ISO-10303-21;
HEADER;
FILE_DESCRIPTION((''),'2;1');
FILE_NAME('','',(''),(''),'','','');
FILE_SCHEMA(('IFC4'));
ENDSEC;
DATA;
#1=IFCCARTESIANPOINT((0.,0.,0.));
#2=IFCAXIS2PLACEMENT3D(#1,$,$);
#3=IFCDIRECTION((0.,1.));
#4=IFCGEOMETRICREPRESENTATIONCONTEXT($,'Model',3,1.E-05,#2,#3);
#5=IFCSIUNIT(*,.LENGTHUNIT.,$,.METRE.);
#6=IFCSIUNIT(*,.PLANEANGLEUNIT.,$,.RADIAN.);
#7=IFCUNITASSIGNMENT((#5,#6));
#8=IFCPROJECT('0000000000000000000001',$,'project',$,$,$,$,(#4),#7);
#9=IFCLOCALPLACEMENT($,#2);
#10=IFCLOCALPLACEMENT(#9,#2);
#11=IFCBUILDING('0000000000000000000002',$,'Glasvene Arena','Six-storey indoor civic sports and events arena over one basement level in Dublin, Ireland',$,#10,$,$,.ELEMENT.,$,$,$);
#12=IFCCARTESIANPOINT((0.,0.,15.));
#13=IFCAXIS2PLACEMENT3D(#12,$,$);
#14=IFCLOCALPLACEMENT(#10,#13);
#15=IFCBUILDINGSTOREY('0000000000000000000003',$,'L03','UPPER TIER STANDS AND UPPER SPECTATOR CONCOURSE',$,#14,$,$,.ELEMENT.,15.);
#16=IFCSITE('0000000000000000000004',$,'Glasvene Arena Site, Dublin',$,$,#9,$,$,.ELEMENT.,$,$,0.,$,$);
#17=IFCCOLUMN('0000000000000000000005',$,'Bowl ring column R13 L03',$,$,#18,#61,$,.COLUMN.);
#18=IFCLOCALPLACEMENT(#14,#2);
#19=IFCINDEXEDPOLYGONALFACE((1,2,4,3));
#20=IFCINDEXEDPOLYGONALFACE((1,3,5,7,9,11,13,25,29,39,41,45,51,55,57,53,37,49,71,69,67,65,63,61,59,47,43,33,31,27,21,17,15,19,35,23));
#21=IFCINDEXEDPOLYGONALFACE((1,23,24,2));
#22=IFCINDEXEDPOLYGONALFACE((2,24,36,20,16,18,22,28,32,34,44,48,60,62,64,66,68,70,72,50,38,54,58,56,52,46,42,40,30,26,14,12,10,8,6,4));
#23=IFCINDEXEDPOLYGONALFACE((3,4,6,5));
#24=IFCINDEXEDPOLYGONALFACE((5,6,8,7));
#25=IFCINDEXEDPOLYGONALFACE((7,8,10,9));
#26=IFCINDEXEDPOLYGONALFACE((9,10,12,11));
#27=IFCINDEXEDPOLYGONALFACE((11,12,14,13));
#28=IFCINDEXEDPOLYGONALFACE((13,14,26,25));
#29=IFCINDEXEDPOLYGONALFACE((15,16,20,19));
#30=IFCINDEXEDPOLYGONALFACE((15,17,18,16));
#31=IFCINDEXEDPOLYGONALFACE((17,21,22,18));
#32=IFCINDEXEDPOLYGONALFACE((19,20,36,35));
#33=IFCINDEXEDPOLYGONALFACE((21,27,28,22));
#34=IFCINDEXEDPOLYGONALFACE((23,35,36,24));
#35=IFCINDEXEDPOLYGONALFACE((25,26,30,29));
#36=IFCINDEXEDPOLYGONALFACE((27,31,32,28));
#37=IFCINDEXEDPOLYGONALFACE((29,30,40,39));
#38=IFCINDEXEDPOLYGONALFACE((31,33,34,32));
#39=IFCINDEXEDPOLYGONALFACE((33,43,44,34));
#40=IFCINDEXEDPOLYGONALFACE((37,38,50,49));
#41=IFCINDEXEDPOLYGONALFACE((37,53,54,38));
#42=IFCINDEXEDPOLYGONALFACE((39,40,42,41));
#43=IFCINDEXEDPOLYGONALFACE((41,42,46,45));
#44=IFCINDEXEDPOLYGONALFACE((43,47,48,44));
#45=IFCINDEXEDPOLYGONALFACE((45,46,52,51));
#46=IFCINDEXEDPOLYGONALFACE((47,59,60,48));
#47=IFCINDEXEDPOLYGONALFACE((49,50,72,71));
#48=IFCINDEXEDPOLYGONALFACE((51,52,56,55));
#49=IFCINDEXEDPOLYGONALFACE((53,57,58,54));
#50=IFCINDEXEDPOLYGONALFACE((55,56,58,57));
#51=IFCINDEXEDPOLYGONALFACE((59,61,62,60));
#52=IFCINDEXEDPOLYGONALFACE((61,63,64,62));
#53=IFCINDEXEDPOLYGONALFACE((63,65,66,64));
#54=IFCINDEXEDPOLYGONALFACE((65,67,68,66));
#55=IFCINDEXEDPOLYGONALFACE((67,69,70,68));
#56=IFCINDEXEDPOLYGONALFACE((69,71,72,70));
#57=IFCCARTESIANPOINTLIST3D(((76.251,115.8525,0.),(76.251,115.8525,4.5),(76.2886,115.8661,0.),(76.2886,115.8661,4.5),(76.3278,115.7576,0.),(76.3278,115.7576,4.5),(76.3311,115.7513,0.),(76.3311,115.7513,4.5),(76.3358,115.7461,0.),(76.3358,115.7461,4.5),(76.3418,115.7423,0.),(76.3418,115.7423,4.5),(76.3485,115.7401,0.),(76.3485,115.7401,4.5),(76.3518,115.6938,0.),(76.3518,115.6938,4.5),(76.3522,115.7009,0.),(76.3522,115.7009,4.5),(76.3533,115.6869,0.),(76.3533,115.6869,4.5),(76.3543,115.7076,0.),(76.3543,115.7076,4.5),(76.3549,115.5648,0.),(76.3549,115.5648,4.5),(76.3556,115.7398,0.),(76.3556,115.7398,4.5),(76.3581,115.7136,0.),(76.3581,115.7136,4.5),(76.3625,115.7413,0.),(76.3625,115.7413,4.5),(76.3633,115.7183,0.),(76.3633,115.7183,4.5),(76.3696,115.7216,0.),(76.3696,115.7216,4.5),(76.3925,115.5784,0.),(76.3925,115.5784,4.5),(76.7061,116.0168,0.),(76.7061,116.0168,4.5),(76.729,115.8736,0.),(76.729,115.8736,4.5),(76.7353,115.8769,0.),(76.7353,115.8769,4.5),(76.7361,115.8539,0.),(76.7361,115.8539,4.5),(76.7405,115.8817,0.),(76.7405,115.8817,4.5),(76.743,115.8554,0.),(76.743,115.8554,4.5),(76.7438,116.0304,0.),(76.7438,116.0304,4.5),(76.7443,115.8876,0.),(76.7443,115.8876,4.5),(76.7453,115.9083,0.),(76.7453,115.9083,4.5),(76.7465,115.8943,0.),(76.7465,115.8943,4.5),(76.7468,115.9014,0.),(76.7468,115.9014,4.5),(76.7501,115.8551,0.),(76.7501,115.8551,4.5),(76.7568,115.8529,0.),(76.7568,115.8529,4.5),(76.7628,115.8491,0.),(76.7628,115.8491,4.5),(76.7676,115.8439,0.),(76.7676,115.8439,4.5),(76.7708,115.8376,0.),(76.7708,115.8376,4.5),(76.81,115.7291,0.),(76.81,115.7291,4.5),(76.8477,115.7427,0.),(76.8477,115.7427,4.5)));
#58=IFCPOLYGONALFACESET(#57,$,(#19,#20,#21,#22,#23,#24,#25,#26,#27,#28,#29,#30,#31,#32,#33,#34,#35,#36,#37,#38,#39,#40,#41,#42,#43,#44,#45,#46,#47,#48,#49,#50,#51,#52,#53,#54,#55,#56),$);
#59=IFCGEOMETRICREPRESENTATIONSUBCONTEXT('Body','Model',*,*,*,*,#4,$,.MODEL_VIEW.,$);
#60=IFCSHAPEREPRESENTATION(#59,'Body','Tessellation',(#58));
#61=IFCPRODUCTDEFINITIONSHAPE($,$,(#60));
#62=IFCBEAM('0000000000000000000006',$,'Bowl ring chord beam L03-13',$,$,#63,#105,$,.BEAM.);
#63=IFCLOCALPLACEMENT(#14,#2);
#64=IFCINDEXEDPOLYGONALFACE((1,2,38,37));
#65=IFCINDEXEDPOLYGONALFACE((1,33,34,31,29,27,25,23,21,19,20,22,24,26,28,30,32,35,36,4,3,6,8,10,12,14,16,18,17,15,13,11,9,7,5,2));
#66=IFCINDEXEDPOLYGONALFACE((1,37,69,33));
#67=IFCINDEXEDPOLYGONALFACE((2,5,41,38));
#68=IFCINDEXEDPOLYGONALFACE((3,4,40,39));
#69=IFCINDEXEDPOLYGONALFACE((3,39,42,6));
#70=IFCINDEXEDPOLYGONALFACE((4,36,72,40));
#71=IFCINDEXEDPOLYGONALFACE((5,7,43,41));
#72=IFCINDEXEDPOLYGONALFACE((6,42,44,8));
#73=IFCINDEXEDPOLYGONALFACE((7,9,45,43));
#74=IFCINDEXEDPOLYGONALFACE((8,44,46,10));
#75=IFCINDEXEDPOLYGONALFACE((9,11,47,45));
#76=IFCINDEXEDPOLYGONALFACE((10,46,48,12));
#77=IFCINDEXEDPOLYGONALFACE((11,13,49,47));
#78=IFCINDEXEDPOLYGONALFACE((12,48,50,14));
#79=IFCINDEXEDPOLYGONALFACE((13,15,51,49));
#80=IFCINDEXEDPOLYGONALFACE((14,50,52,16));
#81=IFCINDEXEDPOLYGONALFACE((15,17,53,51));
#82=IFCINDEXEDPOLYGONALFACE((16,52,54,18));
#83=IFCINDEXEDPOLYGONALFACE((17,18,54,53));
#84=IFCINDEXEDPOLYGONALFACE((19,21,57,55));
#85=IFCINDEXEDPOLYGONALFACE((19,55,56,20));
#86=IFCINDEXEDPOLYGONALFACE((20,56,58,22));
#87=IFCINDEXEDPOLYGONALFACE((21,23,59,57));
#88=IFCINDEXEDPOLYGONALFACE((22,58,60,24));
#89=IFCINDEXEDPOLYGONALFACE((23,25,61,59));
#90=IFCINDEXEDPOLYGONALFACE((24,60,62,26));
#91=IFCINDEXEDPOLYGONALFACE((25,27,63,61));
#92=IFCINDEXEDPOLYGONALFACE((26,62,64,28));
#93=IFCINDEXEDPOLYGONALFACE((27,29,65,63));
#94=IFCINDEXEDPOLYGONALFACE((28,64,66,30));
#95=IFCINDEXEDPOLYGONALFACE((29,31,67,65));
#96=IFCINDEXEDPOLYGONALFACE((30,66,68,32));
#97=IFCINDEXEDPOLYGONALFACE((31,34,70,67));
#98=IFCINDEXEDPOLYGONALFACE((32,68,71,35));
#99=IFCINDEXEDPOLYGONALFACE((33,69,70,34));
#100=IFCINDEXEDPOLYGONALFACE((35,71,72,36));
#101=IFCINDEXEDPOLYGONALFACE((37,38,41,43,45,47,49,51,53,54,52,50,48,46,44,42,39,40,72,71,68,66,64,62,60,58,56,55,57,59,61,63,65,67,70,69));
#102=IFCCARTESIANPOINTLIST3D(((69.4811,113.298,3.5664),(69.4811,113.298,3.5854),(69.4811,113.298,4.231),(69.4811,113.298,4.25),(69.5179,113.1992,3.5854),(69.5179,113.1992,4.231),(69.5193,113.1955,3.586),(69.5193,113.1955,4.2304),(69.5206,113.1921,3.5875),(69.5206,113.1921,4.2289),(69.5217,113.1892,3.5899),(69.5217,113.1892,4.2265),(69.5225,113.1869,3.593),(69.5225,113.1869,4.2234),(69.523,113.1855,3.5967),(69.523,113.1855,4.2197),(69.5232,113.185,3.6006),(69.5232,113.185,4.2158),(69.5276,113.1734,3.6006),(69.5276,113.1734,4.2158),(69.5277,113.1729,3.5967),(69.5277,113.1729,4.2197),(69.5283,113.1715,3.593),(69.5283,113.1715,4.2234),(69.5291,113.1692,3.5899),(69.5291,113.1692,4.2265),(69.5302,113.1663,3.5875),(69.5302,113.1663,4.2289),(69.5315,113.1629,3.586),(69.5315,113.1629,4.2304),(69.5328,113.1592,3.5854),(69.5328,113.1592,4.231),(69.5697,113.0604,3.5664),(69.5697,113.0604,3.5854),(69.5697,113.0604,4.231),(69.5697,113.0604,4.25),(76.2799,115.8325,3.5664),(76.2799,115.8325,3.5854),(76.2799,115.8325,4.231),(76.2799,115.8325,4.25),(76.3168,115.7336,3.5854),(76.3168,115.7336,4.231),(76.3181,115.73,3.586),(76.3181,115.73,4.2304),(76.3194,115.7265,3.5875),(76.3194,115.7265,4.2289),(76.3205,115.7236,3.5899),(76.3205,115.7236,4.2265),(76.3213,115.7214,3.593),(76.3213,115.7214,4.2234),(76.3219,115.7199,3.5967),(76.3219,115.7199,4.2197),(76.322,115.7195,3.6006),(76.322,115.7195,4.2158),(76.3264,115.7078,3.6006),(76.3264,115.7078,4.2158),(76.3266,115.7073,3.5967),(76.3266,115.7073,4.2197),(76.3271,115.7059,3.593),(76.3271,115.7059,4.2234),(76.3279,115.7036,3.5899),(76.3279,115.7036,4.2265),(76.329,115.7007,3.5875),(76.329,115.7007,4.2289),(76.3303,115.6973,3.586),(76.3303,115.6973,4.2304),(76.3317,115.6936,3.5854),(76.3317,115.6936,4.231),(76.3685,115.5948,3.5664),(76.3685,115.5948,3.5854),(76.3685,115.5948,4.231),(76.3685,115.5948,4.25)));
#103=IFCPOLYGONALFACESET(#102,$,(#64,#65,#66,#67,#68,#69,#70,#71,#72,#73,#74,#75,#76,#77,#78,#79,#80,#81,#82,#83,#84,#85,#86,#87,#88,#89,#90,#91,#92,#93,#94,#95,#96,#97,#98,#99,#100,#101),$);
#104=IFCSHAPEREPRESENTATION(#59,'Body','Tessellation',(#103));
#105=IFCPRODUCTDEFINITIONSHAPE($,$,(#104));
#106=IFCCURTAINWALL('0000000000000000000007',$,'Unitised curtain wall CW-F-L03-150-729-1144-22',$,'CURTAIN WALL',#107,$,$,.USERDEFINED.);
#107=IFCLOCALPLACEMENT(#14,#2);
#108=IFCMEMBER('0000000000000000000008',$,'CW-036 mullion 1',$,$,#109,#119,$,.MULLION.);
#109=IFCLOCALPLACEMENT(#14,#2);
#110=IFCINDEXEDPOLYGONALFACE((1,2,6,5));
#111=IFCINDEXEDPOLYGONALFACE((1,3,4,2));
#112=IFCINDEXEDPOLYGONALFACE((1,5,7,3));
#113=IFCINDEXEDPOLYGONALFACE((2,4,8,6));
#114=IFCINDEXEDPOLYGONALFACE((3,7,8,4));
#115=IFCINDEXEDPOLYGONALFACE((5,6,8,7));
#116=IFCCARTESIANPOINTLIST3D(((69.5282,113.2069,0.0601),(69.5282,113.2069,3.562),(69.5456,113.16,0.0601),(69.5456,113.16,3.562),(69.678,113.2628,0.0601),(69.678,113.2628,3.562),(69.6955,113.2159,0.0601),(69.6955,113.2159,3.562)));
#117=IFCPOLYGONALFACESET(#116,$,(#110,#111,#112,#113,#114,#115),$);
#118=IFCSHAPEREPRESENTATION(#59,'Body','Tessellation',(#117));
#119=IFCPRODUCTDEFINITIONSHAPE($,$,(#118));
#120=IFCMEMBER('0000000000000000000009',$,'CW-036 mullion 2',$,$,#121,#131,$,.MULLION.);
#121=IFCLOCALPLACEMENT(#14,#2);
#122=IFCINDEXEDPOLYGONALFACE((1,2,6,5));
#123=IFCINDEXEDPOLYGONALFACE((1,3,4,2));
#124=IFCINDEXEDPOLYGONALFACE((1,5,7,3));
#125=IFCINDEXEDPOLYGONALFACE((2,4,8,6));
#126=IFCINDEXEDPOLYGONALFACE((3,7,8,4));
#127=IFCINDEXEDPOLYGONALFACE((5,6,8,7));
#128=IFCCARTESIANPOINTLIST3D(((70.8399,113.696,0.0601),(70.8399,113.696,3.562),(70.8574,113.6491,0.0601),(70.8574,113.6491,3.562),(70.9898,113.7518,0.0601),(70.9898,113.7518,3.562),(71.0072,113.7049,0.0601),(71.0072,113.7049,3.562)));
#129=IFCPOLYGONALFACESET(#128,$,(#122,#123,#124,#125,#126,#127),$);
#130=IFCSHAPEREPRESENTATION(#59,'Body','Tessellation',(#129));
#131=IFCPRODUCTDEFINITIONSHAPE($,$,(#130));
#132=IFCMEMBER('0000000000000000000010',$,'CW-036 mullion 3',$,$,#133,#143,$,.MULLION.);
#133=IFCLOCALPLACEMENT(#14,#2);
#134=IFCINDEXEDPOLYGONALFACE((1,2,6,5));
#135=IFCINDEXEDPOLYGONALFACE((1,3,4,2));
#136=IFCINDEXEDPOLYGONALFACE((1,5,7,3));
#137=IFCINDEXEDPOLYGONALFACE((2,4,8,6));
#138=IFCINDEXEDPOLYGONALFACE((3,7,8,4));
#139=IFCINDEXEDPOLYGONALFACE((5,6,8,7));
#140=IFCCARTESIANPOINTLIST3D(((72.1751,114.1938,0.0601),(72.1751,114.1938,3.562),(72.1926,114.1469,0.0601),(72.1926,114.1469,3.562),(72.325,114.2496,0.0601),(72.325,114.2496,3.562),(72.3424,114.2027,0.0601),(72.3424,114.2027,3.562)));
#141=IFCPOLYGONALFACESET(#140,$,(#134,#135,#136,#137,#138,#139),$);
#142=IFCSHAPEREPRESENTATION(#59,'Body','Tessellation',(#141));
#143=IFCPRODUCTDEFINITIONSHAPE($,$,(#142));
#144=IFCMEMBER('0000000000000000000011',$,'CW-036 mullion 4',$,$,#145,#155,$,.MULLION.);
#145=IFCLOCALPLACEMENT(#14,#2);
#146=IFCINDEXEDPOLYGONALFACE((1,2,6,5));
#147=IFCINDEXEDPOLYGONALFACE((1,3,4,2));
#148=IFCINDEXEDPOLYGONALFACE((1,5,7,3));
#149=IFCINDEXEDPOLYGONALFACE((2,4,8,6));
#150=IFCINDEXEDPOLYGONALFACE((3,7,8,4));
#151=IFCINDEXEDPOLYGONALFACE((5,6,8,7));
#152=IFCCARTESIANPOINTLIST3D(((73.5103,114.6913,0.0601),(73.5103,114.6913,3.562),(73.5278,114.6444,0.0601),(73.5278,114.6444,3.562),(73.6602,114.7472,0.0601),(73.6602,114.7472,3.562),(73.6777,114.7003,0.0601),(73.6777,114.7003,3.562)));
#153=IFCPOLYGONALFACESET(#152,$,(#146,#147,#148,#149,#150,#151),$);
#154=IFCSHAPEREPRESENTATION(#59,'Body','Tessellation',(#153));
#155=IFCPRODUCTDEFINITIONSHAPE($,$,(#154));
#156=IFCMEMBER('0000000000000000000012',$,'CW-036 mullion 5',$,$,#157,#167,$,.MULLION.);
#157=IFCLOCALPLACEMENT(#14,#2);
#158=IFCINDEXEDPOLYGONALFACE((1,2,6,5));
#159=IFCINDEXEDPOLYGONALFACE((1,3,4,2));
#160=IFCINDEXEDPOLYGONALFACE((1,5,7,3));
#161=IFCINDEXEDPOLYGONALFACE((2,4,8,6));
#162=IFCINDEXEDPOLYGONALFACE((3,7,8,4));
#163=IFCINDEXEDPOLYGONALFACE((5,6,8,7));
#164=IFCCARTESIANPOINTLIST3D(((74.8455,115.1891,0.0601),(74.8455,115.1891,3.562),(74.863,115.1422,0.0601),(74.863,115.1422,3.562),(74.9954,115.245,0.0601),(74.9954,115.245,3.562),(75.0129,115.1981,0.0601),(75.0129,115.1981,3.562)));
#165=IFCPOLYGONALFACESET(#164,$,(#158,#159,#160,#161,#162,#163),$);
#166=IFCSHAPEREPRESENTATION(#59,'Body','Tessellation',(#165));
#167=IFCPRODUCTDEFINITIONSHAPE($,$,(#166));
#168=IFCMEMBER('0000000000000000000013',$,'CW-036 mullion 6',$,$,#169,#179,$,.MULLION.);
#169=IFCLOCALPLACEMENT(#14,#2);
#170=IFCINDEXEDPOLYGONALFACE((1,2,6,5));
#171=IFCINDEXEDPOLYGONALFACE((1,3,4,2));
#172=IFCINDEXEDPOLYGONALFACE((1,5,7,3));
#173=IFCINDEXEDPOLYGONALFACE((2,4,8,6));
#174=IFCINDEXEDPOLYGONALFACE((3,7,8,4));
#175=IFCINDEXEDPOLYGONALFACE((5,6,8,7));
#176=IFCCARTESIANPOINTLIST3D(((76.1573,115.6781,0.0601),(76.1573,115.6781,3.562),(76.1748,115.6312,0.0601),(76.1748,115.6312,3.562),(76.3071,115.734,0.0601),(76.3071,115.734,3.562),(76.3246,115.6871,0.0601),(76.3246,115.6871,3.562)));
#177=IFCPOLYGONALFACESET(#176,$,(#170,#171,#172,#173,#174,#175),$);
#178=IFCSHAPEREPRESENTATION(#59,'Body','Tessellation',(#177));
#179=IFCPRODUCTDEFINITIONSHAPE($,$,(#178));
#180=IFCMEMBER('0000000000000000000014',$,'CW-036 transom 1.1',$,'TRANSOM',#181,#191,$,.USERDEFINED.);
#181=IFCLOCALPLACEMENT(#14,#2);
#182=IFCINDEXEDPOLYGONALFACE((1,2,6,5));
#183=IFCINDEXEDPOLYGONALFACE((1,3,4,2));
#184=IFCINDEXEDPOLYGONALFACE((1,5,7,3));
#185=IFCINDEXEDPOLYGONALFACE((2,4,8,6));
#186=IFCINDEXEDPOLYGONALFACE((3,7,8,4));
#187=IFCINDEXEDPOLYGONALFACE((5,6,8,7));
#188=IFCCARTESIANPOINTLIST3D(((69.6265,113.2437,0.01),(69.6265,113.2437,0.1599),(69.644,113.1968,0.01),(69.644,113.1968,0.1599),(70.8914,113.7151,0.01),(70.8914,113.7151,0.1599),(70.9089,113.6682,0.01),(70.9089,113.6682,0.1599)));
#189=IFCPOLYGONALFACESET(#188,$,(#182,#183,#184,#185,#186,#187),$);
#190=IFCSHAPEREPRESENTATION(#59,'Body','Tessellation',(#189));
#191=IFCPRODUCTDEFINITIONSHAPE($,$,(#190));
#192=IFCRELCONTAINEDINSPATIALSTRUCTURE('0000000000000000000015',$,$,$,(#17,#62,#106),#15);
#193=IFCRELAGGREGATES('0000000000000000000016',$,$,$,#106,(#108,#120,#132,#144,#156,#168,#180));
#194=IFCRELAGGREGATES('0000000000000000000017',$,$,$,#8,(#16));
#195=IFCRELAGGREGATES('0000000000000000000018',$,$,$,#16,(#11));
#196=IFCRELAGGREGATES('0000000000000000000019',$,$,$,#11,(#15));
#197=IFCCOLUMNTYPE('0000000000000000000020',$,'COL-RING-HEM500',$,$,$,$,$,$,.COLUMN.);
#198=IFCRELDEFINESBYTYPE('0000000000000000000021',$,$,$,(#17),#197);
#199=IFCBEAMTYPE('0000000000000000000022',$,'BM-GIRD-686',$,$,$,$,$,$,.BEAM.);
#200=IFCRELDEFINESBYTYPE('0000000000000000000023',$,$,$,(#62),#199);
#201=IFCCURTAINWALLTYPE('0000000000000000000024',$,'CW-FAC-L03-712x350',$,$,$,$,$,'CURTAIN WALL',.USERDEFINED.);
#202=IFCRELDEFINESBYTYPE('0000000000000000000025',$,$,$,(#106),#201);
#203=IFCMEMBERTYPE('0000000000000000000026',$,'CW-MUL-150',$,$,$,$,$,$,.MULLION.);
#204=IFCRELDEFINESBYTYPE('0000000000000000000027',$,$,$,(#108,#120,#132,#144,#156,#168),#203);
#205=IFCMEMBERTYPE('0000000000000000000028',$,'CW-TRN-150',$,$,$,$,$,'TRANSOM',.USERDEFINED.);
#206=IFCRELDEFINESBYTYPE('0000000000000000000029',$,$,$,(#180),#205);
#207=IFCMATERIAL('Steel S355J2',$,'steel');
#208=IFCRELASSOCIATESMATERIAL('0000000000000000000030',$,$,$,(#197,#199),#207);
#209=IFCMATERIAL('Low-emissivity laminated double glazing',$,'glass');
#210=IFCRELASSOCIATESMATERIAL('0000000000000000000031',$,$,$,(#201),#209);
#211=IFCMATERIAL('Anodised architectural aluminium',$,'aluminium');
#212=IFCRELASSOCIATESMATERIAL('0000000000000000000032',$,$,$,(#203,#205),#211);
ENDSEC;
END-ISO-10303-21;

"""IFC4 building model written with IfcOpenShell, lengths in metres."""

from ifc_helpers import new_model, si_unit, direction, frame, origin, origin_2d, place, context, subcontext, project, spatial, rectangle, i_section, extrude, material, material_profile, profile_set, type_object, element, aggregate, save


model = new_model("IFC4")

# Units and contexts
model_context = context("Model", 3, precision=1e-05, world=origin(), true_north=direction((0.0, 1.0)))
body_context = subcontext(model_context, "Body", "Model", "MODEL_VIEW")
ifc_project = project(units=[si_unit("LENGTHUNIT", "METRE"), si_unit("PLANEANGLEUNIT", "RADIAN")], contexts=[model_context])

# Site, building, storey
site_placement = place(None, origin())
site = spatial("IfcSite", under=ifc_project, at=site_placement, Name="Glasvene Arena Site, Dublin", CompositionType="ELEMENT", RefElevation=0.0)
building_placement = place(site_placement, origin())
building = spatial("IfcBuilding", under=site, at=building_placement, Name="Glasvene Arena", Description="Six-storey indoor civic sports and events arena over one basement level in Dublin, Ireland", CompositionType="ELEMENT")
storey_placement = place(building_placement, frame((0.0, 0.0, 15.0)))
storey = spatial("IfcBuildingStorey", under=building, at=storey_placement, Name="L03", Description="UPPER TIER STANDS AND UPPER SPECTATOR CONCOURSE", CompositionType="ELEMENT", Elevation=15.0)

# Column
ifc_material_1 = material(Name="Steel S355J2", Category="steel")
ifc_material_profile_1 = material_profile(ifc_material_1, i_section(OverallWidth=0.3059, OverallDepth=0.5239, WebThickness=0.021, FlangeThickness=0.04, FilletRadius=0.0271, at=origin_2d()), Name="HEM 500")
ifc_profile_set_1 = profile_set([ifc_material_profile_1], Name="Steel S355J2")
column_type = type_object("IfcColumnType", Name="COL-RING-HEM500", PredefinedType="COLUMN", material=ifc_profile_set_1)
column_placement = place(storey_placement, frame((76.5493, 115.7976, 0.0), z_axis=(0.0, 0.0, 1.0), x_axis=(-0.339559, 0.940585, 0.0)))
element("IfcColumn", 1, at=column_placement, inside=storey, type_object=column_type, Name="Bowl ring column R13 L03", PredefinedType="COLUMN", context=body_context, shape_type="SweptSolid", body=[
    extrude(i_section(OverallWidth=0.3059, OverallDepth=0.5239, WebThickness=0.021, FlangeThickness=0.04, FilletRadius=0.0271, at=origin_2d()), origin(), (0.0, 0.0, 1.0), 4.5),
])

# Beam
ifc_material_profile_2 = material_profile(ifc_material_1, i_section(OverallWidth=0.2537, OverallDepth=0.6836, WebThickness=0.0125, FlangeThickness=0.019, FilletRadius=0.0151, at=origin_2d()), Name="UKB 686x254x140")
ifc_profile_set_2 = profile_set([ifc_material_profile_2], Name="Steel S355J2")
beam_type = type_object("IfcBeamType", Name="BM-GIRD-686", PredefinedType="BEAM", material=ifc_profile_set_2)
beam_placement = place(storey_placement, frame((76.3242, 115.7136, 3.9082), z_axis=(-0.937013, -0.349294, 0.0), x_axis=(0.349294, -0.937013, 0.0)))
element("IfcBeam", 2, at=beam_placement, inside=storey, type_object=beam_type, Name="Bowl ring chord beam L03-13", PredefinedType="BEAM", context=body_context, shape_type="SweptSolid", body=[
    extrude(i_section(OverallWidth=0.2537, OverallDepth=0.6836, WebThickness=0.0125, FlangeThickness=0.019, FilletRadius=0.0151, at=origin_2d()), origin(), (0.0, 0.0, 1.0), 7.2559),
])

# Curtain wall, members
ifc_material_2 = material(Name="Low-emissivity laminated double glazing", Category="glass")
curtain_wall_type = type_object("IfcCurtainWallType", Name="CW-FAC-L03-712x350", ElementType="CURTAIN WALL", PredefinedType="USERDEFINED", material=ifc_material_2)
curtain_wall_placement = place(storey_placement, frame((69.5884, 113.2026, 0.0)))
curtain_wall = element("IfcCurtainWall", 3, at=curtain_wall_placement, inside=storey, type_object=curtain_wall_type, Name="Unitised curtain wall CW-F-L03-150-729-1144-22", ObjectType="CURTAIN WALL", PredefinedType="USERDEFINED")
ifc_material_3 = material(Name="Anodised architectural aluminium", Category="aluminium")
ifc_material_profile_3 = material_profile(ifc_material_3, rectangle(XDim=0.05, YDim=0.1599, at=origin_2d()), Name="ALU MULLION 50x160")
ifc_profile_set_3 = profile_set([ifc_material_profile_3], Name="Anodised architectural aluminium")
member_type_1 = type_object("IfcMemberType", Name="CW-MUL-150", PredefinedType="MULLION", material=ifc_profile_set_3)
member_1_placement = place(storey_placement, frame((69.6118, 113.2114, 0.0601), z_axis=(0.0, 0.0, 1.0), x_axis=(-0.349298, 0.937012, 0.0)))
member_1 = element("IfcMember", 4, at=member_1_placement, type_object=member_type_1, Name="CW-036 mullion 1", PredefinedType="MULLION", context=body_context, shape_type="SweptSolid", body=[
    extrude(rectangle(XDim=0.05, YDim=0.1599, at=origin_2d()), origin(), (0.0, 0.0, 1.0), 3.502),
])
member_2_placement = place(storey_placement, frame((70.9236, 113.7004, 0.0601), z_axis=(0.0, 0.0, 1.0), x_axis=(-0.349298, 0.937012, 0.0)))
member_2 = element("IfcMember", 5, at=member_2_placement, type_object=member_type_1, Name="CW-036 mullion 2", PredefinedType="MULLION", context=body_context, shape_type="SweptSolid", body=[
    extrude(rectangle(XDim=0.05, YDim=0.1599, at=origin_2d()), origin(), (0.0, 0.0, 1.0), 3.502),
])
member_3_placement = place(storey_placement, frame((72.2588, 114.1982, 0.0601), z_axis=(0.0, 0.0, 1.0), x_axis=(-0.349298, 0.937012, 0.0)))
member_3 = element("IfcMember", 6, at=member_3_placement, type_object=member_type_1, Name="CW-036 mullion 3", PredefinedType="MULLION", context=body_context, shape_type="SweptSolid", body=[
    extrude(rectangle(XDim=0.05, YDim=0.1599, at=origin_2d()), origin(), (0.0, 0.0, 1.0), 3.502),
])
member_4_placement = place(storey_placement, frame((73.594, 114.6958, 0.0601), z_axis=(0.0, 0.0, 1.0), x_axis=(-0.349298, 0.937012, 0.0)))
member_4 = element("IfcMember", 7, at=member_4_placement, type_object=member_type_1, Name="CW-036 mullion 4", PredefinedType="MULLION", context=body_context, shape_type="SweptSolid", body=[
    extrude(rectangle(XDim=0.05, YDim=0.1599, at=origin_2d()), origin(), (0.0, 0.0, 1.0), 3.502),
])
member_5_placement = place(storey_placement, frame((74.9292, 115.1936, 0.0601), z_axis=(0.0, 0.0, 1.0), x_axis=(-0.349298, 0.937012, 0.0)))
member_5 = element("IfcMember", 8, at=member_5_placement, type_object=member_type_1, Name="CW-036 mullion 5", PredefinedType="MULLION", context=body_context, shape_type="SweptSolid", body=[
    extrude(rectangle(XDim=0.05, YDim=0.1599, at=origin_2d()), origin(), (0.0, 0.0, 1.0), 3.502),
])
member_6_placement = place(storey_placement, frame((76.241, 115.6826, 0.0601), z_axis=(0.0, 0.0, 1.0), x_axis=(-0.349298, 0.937012, 0.0)))
member_6 = element("IfcMember", 9, at=member_6_placement, type_object=member_type_1, Name="CW-036 mullion 6", PredefinedType="MULLION", context=body_context, shape_type="SweptSolid", body=[
    extrude(rectangle(XDim=0.05, YDim=0.1599, at=origin_2d()), origin(), (0.0, 0.0, 1.0), 3.502),
])
ifc_material_profile_4 = material_profile(ifc_material_3, rectangle(XDim=0.05, YDim=0.1499, at=origin_2d()), Name="ALU TRANSOM 50x150")
ifc_profile_set_4 = profile_set([ifc_material_profile_4], Name="Anodised architectural aluminium")
member_type_2 = type_object("IfcMemberType", Name="CW-TRN-150", ElementType="TRANSOM", PredefinedType="USERDEFINED", material=ifc_profile_set_4)
member_7_placement = place(storey_placement, frame((69.6353, 113.2202, 0.085), z_axis=(0.937033, 0.34924, 0.0), x_axis=(-0.34924, 0.937033, 0.0)))
member_7 = element("IfcMember", 10, at=member_7_placement, type_object=member_type_2, Name="CW-036 transom 1.1", ObjectType="TRANSOM", PredefinedType="USERDEFINED", context=body_context, shape_type="SweptSolid", body=[
    extrude(rectangle(XDim=0.05, YDim=0.1499, at=origin_2d()), origin(), (0.0, 0.0, 1.0), 1.3499),
])
aggregate(curtain_wall, [member_1, member_2, member_3, member_4, member_5, member_6, member_7])

save(model, "model.ifc")
